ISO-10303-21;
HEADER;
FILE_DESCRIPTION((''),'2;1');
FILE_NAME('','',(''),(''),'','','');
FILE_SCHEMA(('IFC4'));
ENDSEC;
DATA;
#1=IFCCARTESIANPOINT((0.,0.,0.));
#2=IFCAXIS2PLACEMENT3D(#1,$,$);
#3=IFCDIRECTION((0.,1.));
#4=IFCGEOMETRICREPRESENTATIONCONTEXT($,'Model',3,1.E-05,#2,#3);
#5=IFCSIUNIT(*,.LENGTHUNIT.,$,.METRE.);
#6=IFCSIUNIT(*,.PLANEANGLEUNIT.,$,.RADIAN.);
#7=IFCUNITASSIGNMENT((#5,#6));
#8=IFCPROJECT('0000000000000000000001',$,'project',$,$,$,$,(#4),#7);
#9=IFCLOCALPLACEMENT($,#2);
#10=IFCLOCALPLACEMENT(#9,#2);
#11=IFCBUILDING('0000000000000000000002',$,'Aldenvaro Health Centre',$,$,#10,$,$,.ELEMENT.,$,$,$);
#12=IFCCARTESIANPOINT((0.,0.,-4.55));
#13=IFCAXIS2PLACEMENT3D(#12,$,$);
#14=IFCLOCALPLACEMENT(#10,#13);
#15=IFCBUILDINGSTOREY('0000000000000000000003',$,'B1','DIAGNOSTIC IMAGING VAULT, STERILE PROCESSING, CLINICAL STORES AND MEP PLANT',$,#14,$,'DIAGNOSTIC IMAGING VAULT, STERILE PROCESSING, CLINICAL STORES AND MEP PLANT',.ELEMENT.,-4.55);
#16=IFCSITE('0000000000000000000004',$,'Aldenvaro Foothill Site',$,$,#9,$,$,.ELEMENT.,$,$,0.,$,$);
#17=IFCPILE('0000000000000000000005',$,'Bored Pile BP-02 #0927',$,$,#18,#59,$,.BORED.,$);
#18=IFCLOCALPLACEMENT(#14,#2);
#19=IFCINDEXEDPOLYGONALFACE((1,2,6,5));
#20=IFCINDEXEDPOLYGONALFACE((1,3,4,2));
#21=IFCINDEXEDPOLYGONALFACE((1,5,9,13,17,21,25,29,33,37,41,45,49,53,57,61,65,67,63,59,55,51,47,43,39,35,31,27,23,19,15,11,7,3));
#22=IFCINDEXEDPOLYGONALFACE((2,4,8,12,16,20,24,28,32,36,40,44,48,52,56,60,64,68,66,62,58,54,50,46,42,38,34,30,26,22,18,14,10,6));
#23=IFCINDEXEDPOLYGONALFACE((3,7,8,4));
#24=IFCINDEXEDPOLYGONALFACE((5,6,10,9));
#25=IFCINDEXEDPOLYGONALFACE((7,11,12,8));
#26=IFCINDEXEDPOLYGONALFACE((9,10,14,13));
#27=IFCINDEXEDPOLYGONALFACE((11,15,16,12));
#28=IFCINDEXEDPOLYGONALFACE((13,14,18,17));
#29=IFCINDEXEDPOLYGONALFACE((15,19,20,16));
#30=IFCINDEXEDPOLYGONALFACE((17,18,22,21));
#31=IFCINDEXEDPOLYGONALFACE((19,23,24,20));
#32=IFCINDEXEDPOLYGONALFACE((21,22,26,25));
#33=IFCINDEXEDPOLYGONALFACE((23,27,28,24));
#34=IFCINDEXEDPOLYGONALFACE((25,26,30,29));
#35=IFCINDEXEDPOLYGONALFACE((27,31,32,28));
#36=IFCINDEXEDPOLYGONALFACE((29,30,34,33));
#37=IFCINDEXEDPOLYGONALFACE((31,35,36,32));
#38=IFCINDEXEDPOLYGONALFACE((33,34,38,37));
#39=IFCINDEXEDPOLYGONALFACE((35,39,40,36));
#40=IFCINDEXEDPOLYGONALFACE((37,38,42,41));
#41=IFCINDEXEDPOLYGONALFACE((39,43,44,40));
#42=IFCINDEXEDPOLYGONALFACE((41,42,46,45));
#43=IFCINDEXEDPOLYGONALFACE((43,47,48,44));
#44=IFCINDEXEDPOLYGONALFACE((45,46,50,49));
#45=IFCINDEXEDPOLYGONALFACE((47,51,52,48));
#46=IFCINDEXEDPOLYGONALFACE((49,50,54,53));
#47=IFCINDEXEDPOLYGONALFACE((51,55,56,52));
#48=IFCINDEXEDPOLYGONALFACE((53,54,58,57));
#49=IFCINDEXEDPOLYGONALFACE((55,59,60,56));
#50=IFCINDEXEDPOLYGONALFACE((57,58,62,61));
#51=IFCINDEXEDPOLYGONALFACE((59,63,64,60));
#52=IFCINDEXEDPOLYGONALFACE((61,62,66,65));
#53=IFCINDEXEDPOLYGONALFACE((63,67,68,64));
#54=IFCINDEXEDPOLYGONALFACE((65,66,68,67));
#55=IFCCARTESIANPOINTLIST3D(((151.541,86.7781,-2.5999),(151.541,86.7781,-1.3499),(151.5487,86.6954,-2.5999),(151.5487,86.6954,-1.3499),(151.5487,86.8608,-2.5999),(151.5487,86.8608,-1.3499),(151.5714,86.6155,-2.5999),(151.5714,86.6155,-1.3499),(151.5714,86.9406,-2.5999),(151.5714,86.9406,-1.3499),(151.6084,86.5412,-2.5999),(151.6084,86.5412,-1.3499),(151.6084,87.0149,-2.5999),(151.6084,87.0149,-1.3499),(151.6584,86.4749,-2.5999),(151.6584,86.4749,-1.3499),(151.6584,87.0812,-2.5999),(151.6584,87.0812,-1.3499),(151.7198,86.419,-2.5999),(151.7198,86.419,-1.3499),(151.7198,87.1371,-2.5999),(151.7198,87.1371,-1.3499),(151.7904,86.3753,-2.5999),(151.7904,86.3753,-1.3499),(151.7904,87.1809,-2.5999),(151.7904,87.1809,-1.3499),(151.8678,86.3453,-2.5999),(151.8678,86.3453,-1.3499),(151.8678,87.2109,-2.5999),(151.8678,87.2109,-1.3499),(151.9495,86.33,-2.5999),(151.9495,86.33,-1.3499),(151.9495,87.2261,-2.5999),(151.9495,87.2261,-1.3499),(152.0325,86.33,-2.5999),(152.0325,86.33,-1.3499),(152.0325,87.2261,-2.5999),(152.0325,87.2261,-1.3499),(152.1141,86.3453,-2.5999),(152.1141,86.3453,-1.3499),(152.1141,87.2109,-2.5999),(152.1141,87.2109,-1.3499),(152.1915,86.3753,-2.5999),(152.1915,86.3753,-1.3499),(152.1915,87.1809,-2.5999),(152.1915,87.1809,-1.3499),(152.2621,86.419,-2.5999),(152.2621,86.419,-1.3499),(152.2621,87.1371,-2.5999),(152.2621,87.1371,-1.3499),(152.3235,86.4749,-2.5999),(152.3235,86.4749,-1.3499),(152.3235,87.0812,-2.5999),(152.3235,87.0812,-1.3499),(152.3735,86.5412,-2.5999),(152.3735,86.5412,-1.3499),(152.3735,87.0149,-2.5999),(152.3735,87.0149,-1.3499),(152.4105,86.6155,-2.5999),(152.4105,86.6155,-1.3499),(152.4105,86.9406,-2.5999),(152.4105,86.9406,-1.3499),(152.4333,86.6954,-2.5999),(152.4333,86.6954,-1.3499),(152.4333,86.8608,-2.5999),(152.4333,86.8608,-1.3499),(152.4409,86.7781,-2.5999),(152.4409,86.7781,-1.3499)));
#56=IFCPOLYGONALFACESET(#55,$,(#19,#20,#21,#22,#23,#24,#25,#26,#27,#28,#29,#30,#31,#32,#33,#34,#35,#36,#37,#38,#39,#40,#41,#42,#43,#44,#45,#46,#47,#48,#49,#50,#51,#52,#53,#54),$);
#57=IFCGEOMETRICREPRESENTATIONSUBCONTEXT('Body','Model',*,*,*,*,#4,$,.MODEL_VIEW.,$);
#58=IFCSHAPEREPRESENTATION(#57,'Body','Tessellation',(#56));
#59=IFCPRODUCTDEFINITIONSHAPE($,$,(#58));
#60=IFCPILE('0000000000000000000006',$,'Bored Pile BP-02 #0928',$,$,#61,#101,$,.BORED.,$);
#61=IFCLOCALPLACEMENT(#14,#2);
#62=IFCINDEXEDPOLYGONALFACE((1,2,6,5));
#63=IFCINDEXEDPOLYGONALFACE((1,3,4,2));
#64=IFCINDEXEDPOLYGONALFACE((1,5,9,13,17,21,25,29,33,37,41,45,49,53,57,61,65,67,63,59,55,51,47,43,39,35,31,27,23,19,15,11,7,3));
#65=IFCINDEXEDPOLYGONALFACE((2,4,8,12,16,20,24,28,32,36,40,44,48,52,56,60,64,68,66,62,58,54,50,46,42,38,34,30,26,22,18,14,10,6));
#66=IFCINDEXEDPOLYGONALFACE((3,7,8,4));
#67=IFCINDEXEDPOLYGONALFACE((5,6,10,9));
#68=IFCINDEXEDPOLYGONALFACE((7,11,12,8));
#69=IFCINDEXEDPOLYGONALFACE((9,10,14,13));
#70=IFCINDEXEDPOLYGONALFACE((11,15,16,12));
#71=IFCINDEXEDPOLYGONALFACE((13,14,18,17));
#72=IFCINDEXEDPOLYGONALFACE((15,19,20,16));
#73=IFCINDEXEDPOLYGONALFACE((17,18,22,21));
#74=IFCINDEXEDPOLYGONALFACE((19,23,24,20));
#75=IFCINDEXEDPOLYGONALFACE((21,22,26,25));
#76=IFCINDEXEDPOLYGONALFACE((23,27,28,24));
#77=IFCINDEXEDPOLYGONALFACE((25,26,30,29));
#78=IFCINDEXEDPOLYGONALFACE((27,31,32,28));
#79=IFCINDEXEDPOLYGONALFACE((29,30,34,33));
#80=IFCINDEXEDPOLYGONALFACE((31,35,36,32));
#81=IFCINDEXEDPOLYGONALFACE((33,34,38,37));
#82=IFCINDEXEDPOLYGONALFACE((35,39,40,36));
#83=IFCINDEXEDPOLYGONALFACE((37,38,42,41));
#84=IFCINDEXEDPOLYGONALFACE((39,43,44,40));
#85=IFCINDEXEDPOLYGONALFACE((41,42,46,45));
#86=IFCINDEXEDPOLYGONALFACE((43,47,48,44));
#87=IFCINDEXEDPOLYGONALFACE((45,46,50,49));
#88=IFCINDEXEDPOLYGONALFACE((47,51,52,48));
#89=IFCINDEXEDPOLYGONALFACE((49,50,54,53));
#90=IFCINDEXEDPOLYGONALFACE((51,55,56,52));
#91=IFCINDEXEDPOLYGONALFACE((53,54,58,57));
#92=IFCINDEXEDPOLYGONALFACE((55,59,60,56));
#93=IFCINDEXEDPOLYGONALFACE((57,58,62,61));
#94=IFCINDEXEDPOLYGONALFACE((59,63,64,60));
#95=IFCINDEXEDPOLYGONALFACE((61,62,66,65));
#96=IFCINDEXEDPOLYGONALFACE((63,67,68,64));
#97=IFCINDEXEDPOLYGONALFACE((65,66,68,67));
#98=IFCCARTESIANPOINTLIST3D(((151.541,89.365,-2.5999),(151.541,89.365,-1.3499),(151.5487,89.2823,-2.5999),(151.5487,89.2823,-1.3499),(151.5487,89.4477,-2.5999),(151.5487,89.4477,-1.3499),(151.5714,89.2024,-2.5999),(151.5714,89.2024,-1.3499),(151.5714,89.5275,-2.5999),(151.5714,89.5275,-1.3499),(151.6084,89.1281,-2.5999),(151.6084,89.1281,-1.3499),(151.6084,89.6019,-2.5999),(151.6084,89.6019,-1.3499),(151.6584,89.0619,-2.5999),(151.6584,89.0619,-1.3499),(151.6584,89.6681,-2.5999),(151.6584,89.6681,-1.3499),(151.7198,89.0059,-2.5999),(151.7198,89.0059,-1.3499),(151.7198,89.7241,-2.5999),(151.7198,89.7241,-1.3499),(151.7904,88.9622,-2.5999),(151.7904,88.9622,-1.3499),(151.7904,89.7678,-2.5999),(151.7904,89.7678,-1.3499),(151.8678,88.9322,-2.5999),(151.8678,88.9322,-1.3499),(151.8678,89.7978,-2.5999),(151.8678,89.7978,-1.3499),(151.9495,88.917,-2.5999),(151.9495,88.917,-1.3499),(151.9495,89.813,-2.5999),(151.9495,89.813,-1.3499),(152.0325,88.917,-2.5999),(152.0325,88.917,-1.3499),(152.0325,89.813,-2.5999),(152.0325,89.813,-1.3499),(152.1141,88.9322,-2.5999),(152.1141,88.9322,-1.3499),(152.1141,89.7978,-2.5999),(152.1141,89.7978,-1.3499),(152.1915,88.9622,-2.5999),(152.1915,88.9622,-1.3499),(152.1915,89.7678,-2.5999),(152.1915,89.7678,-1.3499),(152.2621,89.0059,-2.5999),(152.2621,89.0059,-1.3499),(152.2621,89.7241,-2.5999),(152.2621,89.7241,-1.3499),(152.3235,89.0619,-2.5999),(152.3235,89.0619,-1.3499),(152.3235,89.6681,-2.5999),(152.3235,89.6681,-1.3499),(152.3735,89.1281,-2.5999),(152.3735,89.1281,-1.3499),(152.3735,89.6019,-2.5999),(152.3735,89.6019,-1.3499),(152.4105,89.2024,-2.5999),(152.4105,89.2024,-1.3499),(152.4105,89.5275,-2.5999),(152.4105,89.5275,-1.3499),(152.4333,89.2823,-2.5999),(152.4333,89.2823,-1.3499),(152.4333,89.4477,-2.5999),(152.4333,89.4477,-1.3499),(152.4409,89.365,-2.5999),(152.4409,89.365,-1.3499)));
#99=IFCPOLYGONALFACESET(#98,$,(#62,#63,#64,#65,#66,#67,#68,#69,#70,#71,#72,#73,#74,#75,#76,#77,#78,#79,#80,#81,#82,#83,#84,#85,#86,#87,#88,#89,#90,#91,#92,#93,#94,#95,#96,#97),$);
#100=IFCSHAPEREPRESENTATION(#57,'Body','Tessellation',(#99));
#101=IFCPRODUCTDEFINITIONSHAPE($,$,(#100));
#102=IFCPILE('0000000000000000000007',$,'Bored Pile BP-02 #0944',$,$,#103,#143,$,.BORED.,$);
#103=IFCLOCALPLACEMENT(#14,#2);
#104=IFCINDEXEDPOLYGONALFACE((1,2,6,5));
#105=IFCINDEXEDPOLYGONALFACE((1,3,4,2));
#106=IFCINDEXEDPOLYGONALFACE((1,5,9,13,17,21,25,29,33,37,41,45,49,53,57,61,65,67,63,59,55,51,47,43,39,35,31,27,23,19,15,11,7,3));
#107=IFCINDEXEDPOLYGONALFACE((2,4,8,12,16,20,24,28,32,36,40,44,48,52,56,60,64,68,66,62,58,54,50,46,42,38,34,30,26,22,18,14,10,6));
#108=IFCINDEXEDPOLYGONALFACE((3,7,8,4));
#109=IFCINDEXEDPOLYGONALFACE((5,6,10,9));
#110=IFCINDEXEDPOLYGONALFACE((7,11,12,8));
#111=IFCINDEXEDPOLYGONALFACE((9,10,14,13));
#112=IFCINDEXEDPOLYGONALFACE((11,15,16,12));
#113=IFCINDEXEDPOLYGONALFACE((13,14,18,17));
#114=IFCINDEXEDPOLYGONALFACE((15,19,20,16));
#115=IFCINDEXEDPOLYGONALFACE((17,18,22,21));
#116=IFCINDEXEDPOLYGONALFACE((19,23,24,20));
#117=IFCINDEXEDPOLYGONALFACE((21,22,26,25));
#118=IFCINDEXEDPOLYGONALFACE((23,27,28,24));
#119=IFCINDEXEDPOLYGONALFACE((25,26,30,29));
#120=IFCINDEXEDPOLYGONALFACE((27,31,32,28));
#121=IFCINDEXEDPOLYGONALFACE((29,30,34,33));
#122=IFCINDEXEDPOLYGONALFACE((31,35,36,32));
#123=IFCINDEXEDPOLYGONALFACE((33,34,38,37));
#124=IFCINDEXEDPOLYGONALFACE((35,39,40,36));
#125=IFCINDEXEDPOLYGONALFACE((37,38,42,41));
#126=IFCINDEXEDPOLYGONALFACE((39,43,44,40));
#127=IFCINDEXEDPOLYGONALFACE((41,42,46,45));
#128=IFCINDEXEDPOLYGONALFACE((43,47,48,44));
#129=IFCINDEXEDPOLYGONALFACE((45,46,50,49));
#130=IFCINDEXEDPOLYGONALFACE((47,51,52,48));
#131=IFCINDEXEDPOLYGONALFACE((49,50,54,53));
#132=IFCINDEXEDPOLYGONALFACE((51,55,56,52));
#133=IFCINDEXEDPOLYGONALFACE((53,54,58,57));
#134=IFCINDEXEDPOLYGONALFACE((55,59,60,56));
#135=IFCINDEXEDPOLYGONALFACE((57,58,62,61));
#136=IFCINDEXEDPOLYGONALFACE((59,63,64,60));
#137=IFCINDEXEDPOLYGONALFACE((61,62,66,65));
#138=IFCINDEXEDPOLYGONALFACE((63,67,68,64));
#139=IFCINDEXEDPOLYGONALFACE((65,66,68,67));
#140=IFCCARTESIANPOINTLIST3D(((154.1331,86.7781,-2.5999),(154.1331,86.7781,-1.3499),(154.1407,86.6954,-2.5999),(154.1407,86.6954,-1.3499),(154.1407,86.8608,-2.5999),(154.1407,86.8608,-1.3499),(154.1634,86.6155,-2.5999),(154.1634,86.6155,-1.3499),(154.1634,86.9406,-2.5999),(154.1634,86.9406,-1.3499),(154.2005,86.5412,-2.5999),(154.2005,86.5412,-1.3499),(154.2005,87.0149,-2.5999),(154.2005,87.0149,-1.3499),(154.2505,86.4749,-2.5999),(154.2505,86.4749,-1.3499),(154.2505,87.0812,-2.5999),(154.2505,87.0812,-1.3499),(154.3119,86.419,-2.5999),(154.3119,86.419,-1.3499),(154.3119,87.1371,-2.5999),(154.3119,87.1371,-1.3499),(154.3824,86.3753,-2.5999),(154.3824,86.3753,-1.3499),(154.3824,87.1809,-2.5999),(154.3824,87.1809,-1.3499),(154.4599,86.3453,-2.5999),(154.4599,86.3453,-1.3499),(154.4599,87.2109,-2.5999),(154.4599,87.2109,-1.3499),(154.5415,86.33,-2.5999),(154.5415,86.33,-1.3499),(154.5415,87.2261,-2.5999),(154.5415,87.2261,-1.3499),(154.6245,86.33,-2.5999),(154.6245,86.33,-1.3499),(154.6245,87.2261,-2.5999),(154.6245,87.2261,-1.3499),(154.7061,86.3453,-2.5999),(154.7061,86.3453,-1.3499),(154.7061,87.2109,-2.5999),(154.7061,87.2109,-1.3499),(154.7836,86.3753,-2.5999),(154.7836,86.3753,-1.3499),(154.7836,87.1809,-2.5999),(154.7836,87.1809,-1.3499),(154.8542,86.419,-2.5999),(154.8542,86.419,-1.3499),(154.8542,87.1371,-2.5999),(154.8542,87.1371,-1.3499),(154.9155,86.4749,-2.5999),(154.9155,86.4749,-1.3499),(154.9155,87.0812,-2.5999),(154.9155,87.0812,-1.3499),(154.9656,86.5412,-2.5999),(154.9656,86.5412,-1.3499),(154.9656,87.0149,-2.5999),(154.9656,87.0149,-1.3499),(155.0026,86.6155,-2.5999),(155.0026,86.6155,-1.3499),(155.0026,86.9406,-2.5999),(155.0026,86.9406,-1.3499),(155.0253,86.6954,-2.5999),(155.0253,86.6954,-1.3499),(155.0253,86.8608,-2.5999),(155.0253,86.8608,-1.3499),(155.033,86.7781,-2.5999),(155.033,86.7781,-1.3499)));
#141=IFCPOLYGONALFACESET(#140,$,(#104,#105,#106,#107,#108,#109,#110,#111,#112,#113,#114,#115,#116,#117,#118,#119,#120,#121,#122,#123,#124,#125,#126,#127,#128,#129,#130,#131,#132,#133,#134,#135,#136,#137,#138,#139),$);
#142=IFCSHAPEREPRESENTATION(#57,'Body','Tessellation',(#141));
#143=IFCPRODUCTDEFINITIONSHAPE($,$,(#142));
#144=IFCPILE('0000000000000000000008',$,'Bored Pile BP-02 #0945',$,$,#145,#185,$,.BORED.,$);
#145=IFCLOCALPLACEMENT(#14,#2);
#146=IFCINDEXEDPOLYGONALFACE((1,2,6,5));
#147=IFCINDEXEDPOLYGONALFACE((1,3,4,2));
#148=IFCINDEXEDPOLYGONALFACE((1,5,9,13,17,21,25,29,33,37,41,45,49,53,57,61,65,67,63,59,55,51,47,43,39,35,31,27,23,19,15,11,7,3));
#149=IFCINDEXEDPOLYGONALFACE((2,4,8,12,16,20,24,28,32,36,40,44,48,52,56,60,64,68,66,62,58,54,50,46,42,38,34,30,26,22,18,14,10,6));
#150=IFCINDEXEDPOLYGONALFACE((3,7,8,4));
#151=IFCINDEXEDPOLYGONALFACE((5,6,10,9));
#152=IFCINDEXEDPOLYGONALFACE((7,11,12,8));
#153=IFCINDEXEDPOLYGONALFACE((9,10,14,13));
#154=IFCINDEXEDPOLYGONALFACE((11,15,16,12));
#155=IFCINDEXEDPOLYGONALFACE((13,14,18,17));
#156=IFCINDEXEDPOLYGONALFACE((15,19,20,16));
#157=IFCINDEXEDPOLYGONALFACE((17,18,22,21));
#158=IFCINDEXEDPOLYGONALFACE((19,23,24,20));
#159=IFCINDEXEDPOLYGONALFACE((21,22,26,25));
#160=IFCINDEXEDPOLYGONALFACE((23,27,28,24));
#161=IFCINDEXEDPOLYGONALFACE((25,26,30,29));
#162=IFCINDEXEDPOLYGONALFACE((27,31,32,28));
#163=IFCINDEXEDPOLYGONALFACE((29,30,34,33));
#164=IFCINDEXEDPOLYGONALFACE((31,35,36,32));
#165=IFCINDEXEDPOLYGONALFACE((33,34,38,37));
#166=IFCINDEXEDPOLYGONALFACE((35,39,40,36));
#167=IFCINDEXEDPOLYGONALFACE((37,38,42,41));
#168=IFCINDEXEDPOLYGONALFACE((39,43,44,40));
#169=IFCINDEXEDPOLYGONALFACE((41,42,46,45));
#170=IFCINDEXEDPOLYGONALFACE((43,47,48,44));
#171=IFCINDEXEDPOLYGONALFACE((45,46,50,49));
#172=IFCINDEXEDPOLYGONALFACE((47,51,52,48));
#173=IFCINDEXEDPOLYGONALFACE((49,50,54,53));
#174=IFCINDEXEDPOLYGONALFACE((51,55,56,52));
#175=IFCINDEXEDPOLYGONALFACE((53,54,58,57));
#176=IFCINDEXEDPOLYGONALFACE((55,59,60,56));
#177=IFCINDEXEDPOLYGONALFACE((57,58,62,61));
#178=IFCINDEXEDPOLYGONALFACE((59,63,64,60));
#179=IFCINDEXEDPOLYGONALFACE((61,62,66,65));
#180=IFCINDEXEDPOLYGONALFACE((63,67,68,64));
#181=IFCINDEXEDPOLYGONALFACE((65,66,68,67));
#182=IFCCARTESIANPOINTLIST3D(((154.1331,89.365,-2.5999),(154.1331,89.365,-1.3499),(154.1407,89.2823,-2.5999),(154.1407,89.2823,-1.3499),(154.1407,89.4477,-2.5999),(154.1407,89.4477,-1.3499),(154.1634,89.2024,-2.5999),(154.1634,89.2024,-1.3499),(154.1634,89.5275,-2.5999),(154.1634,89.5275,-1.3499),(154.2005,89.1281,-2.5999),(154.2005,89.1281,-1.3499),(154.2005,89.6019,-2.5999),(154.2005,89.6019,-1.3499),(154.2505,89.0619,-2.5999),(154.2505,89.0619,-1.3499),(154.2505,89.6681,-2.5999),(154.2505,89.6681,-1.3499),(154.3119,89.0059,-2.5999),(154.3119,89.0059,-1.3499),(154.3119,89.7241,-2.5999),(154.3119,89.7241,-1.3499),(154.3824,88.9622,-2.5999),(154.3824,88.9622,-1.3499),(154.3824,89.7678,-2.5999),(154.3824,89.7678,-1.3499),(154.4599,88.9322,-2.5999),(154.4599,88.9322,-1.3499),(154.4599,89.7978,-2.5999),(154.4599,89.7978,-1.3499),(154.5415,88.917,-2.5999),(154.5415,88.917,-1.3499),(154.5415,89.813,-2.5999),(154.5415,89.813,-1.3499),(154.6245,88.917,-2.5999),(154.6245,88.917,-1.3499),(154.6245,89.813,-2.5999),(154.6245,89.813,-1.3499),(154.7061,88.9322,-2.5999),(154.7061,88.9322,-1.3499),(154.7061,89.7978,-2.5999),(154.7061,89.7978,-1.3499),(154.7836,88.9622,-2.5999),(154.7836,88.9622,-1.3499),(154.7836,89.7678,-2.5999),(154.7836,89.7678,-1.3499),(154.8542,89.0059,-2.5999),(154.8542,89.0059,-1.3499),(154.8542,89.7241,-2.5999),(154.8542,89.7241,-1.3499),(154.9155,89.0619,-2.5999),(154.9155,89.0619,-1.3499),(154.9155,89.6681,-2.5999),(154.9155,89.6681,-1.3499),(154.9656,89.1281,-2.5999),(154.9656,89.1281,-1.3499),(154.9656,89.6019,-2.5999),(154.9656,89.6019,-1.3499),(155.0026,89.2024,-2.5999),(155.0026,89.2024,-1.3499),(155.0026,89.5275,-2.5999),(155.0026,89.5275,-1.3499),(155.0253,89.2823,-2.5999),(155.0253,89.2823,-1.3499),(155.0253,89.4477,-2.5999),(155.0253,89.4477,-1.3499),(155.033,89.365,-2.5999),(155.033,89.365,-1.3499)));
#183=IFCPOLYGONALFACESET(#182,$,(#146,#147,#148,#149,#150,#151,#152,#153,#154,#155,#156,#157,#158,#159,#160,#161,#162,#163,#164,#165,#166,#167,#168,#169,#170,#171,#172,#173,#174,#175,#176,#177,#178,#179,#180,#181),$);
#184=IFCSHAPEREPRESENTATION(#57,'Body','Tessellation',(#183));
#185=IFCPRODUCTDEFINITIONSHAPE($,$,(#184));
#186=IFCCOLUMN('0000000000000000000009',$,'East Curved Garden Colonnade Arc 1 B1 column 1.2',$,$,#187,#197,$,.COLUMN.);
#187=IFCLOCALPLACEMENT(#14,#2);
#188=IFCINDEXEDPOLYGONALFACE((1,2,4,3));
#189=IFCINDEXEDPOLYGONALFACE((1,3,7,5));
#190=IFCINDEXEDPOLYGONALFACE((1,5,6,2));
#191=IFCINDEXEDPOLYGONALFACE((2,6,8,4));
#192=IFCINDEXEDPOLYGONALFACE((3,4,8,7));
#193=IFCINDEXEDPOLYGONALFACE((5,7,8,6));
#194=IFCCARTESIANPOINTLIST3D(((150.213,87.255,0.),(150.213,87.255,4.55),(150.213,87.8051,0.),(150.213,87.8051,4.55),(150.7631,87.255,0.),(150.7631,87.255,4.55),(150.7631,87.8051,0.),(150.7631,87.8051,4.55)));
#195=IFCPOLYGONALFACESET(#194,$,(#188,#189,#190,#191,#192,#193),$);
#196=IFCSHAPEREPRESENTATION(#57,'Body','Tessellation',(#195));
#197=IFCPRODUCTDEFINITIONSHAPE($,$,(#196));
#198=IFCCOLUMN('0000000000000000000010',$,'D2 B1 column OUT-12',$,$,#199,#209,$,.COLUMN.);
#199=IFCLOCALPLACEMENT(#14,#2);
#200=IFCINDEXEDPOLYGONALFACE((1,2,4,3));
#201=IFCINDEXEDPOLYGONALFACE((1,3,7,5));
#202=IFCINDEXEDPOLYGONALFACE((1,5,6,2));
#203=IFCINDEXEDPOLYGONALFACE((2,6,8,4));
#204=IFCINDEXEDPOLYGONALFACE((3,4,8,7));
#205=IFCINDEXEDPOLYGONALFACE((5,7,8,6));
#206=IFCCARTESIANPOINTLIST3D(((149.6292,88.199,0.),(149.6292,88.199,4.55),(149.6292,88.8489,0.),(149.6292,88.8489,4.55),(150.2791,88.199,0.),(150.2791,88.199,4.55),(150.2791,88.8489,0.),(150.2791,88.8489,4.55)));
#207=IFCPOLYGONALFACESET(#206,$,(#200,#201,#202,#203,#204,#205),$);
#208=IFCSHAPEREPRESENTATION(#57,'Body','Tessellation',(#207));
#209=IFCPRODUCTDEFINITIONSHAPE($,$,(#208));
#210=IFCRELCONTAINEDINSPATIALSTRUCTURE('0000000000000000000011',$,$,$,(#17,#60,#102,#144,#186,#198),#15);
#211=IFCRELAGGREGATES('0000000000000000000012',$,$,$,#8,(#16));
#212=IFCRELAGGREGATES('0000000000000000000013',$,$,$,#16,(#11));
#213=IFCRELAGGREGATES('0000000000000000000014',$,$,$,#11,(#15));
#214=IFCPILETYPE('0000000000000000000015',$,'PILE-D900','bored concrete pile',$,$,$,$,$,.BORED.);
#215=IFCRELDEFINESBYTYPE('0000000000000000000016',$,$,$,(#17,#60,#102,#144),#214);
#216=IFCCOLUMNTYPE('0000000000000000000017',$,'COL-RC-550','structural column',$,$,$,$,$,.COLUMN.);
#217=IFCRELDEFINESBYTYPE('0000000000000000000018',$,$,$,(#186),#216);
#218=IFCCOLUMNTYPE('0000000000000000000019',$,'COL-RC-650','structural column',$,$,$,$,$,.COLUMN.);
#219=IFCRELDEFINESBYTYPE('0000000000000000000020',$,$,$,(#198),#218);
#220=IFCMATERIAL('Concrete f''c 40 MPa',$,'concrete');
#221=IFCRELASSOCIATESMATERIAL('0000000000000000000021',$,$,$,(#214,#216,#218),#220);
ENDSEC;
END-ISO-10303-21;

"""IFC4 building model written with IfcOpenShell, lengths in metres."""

from ifc_helpers import new_model, si_unit, direction, frame, origin, origin_2d, place, context, subcontext, project, spatial, rectangle, circle, extrude, material, material_profile, profile_set, type_object, element, save


model = new_model("IFC4")

# Units and contexts
model_context = context("Model", 3, precision=1e-05, world=origin(), true_north=direction((0.0, 1.0)))
body_context = subcontext(model_context, "Body", "Model", "MODEL_VIEW")
ifc_project = project(units=[si_unit("LENGTHUNIT", "METRE"), si_unit("PLANEANGLEUNIT", "RADIAN")], contexts=[model_context])

# Site, building, storey
site_placement = place(None, origin())
site = spatial("IfcSite", under=ifc_project, at=site_placement, Name="Aldenvaro Foothill Site", CompositionType="ELEMENT", RefElevation=0.0)
building_placement = place(site_placement, origin())
building = spatial("IfcBuilding", under=site, at=building_placement, Name="Aldenvaro Health Centre", CompositionType="ELEMENT")
storey_placement = place(building_placement, frame((0.0, 0.0, -4.55)))
storey = spatial("IfcBuildingStorey", under=building, at=storey_placement, Name="B1", Description="DIAGNOSTIC IMAGING VAULT, STERILE PROCESSING, CLINICAL STORES AND MEP PLANT", LongName="DIAGNOSTIC IMAGING VAULT, STERILE PROCESSING, CLINICAL STORES AND MEP PLANT", CompositionType="ELEMENT", Elevation=-4.55)

# Piles
ifc_material_1 = material(Name="Concrete f'c 40 MPa", Category="concrete")
ifc_material_profile_1 = material_profile(ifc_material_1, circle(Radius=0.45, at=origin_2d()), Name="PILE D900", Category="concrete")
ifc_profile_set_1 = profile_set([ifc_material_profile_1], Name="Concrete f'c 40 MPa")
pile_type = type_object("IfcPileType", Name="PILE-D900", Description="bored concrete pile", PredefinedType="BORED", material=ifc_profile_set_1)
for number, where, z_axis, x_axis, name in (
    (1, (151.991, 86.7781, -1.3499), (0.0, 0.0, -1.0), (1.0, 0.0, 0.0), "Bored Pile BP-02 #0927"),
    (2, (151.991, 89.365, -1.3499), (0.0, 0.0, -1.0), (1.0, 0.0, 0.0), "Bored Pile BP-02 #0928"),
    (3, (154.583, 86.7781, -1.3499), (0.0, 0.0, -1.0), (1.0, 0.0, 0.0), "Bored Pile BP-02 #0944"),
    (4, (154.583, 89.365, -1.3499), (0.0, 0.0, -1.0), (1.0, 0.0, 0.0), "Bored Pile BP-02 #0945"),
):
    element("IfcPile", number, at=place(storey_placement, frame(where, z_axis=z_axis, x_axis=x_axis)), inside=storey, type_object=pile_type, Name=name, PredefinedType="BORED", context=body_context, shape_type="SweptSolid", body=[
        extrude(circle(Radius=0.45, at=origin_2d()), origin(), (0.0, 0.0, 1.0), 1.25),
    ])

# Columns
ifc_material_profile_2 = material_profile(ifc_material_1, rectangle(XDim=0.55, YDim=0.55, at=origin_2d()), Name="RC 550x550", Category="concrete")
ifc_profile_set_2 = profile_set([ifc_material_profile_2], Name="Concrete f'c 40 MPa")
column_type_1 = type_object("IfcColumnType", Name="COL-RC-550", Description="structural column", PredefinedType="COLUMN", material=ifc_profile_set_2)
column_placement = place(storey_placement, frame((150.488, 87.53, 0.0), z_axis=(0.0, 0.0, 1.0), x_axis=(1.0, 0.0, 0.0)))
element("IfcColumn", 5, at=column_placement, inside=storey, type_object=column_type_1, Name="East Curved Garden Colonnade Arc 1 B1 column 1.2", PredefinedType="COLUMN", context=body_context, shape_type="SweptSolid", body=[
    extrude(rectangle(XDim=0.55, YDim=0.55, at=origin_2d()), origin(), (0.0, 0.0, 1.0), 4.55),
])
ifc_material_profile_3 = material_profile(ifc_material_1, rectangle(XDim=0.6499, YDim=0.6499, at=origin_2d()), Name="RC 650x650", Category="concrete")
ifc_profile_set_3 = profile_set([ifc_material_profile_3], Name="Concrete f'c 40 MPa")
column_type_2 = type_object("IfcColumnType", Name="COL-RC-650", Description="structural column", PredefinedType="COLUMN", material=ifc_profile_set_3)
for number, where, z_axis, x_axis, name in (
    (6, (149.9541, 88.5239, 0.0), (0.0, 0.0, 1.0), (1.0, 0.0, 0.0), "D2 B1 column OUT-12"),
):
    element("IfcColumn", number, at=place(storey_placement, frame(where, z_axis=z_axis, x_axis=x_axis)), inside=storey, type_object=column_type_2, Name=name, PredefinedType="COLUMN", context=body_context, shape_type="SweptSolid", body=[
        extrude(rectangle(XDim=0.6499, YDim=0.6499, at=origin_2d()), origin(), (0.0, 0.0, 1.0), 4.55),
    ])

save(model, "model.ifc")
